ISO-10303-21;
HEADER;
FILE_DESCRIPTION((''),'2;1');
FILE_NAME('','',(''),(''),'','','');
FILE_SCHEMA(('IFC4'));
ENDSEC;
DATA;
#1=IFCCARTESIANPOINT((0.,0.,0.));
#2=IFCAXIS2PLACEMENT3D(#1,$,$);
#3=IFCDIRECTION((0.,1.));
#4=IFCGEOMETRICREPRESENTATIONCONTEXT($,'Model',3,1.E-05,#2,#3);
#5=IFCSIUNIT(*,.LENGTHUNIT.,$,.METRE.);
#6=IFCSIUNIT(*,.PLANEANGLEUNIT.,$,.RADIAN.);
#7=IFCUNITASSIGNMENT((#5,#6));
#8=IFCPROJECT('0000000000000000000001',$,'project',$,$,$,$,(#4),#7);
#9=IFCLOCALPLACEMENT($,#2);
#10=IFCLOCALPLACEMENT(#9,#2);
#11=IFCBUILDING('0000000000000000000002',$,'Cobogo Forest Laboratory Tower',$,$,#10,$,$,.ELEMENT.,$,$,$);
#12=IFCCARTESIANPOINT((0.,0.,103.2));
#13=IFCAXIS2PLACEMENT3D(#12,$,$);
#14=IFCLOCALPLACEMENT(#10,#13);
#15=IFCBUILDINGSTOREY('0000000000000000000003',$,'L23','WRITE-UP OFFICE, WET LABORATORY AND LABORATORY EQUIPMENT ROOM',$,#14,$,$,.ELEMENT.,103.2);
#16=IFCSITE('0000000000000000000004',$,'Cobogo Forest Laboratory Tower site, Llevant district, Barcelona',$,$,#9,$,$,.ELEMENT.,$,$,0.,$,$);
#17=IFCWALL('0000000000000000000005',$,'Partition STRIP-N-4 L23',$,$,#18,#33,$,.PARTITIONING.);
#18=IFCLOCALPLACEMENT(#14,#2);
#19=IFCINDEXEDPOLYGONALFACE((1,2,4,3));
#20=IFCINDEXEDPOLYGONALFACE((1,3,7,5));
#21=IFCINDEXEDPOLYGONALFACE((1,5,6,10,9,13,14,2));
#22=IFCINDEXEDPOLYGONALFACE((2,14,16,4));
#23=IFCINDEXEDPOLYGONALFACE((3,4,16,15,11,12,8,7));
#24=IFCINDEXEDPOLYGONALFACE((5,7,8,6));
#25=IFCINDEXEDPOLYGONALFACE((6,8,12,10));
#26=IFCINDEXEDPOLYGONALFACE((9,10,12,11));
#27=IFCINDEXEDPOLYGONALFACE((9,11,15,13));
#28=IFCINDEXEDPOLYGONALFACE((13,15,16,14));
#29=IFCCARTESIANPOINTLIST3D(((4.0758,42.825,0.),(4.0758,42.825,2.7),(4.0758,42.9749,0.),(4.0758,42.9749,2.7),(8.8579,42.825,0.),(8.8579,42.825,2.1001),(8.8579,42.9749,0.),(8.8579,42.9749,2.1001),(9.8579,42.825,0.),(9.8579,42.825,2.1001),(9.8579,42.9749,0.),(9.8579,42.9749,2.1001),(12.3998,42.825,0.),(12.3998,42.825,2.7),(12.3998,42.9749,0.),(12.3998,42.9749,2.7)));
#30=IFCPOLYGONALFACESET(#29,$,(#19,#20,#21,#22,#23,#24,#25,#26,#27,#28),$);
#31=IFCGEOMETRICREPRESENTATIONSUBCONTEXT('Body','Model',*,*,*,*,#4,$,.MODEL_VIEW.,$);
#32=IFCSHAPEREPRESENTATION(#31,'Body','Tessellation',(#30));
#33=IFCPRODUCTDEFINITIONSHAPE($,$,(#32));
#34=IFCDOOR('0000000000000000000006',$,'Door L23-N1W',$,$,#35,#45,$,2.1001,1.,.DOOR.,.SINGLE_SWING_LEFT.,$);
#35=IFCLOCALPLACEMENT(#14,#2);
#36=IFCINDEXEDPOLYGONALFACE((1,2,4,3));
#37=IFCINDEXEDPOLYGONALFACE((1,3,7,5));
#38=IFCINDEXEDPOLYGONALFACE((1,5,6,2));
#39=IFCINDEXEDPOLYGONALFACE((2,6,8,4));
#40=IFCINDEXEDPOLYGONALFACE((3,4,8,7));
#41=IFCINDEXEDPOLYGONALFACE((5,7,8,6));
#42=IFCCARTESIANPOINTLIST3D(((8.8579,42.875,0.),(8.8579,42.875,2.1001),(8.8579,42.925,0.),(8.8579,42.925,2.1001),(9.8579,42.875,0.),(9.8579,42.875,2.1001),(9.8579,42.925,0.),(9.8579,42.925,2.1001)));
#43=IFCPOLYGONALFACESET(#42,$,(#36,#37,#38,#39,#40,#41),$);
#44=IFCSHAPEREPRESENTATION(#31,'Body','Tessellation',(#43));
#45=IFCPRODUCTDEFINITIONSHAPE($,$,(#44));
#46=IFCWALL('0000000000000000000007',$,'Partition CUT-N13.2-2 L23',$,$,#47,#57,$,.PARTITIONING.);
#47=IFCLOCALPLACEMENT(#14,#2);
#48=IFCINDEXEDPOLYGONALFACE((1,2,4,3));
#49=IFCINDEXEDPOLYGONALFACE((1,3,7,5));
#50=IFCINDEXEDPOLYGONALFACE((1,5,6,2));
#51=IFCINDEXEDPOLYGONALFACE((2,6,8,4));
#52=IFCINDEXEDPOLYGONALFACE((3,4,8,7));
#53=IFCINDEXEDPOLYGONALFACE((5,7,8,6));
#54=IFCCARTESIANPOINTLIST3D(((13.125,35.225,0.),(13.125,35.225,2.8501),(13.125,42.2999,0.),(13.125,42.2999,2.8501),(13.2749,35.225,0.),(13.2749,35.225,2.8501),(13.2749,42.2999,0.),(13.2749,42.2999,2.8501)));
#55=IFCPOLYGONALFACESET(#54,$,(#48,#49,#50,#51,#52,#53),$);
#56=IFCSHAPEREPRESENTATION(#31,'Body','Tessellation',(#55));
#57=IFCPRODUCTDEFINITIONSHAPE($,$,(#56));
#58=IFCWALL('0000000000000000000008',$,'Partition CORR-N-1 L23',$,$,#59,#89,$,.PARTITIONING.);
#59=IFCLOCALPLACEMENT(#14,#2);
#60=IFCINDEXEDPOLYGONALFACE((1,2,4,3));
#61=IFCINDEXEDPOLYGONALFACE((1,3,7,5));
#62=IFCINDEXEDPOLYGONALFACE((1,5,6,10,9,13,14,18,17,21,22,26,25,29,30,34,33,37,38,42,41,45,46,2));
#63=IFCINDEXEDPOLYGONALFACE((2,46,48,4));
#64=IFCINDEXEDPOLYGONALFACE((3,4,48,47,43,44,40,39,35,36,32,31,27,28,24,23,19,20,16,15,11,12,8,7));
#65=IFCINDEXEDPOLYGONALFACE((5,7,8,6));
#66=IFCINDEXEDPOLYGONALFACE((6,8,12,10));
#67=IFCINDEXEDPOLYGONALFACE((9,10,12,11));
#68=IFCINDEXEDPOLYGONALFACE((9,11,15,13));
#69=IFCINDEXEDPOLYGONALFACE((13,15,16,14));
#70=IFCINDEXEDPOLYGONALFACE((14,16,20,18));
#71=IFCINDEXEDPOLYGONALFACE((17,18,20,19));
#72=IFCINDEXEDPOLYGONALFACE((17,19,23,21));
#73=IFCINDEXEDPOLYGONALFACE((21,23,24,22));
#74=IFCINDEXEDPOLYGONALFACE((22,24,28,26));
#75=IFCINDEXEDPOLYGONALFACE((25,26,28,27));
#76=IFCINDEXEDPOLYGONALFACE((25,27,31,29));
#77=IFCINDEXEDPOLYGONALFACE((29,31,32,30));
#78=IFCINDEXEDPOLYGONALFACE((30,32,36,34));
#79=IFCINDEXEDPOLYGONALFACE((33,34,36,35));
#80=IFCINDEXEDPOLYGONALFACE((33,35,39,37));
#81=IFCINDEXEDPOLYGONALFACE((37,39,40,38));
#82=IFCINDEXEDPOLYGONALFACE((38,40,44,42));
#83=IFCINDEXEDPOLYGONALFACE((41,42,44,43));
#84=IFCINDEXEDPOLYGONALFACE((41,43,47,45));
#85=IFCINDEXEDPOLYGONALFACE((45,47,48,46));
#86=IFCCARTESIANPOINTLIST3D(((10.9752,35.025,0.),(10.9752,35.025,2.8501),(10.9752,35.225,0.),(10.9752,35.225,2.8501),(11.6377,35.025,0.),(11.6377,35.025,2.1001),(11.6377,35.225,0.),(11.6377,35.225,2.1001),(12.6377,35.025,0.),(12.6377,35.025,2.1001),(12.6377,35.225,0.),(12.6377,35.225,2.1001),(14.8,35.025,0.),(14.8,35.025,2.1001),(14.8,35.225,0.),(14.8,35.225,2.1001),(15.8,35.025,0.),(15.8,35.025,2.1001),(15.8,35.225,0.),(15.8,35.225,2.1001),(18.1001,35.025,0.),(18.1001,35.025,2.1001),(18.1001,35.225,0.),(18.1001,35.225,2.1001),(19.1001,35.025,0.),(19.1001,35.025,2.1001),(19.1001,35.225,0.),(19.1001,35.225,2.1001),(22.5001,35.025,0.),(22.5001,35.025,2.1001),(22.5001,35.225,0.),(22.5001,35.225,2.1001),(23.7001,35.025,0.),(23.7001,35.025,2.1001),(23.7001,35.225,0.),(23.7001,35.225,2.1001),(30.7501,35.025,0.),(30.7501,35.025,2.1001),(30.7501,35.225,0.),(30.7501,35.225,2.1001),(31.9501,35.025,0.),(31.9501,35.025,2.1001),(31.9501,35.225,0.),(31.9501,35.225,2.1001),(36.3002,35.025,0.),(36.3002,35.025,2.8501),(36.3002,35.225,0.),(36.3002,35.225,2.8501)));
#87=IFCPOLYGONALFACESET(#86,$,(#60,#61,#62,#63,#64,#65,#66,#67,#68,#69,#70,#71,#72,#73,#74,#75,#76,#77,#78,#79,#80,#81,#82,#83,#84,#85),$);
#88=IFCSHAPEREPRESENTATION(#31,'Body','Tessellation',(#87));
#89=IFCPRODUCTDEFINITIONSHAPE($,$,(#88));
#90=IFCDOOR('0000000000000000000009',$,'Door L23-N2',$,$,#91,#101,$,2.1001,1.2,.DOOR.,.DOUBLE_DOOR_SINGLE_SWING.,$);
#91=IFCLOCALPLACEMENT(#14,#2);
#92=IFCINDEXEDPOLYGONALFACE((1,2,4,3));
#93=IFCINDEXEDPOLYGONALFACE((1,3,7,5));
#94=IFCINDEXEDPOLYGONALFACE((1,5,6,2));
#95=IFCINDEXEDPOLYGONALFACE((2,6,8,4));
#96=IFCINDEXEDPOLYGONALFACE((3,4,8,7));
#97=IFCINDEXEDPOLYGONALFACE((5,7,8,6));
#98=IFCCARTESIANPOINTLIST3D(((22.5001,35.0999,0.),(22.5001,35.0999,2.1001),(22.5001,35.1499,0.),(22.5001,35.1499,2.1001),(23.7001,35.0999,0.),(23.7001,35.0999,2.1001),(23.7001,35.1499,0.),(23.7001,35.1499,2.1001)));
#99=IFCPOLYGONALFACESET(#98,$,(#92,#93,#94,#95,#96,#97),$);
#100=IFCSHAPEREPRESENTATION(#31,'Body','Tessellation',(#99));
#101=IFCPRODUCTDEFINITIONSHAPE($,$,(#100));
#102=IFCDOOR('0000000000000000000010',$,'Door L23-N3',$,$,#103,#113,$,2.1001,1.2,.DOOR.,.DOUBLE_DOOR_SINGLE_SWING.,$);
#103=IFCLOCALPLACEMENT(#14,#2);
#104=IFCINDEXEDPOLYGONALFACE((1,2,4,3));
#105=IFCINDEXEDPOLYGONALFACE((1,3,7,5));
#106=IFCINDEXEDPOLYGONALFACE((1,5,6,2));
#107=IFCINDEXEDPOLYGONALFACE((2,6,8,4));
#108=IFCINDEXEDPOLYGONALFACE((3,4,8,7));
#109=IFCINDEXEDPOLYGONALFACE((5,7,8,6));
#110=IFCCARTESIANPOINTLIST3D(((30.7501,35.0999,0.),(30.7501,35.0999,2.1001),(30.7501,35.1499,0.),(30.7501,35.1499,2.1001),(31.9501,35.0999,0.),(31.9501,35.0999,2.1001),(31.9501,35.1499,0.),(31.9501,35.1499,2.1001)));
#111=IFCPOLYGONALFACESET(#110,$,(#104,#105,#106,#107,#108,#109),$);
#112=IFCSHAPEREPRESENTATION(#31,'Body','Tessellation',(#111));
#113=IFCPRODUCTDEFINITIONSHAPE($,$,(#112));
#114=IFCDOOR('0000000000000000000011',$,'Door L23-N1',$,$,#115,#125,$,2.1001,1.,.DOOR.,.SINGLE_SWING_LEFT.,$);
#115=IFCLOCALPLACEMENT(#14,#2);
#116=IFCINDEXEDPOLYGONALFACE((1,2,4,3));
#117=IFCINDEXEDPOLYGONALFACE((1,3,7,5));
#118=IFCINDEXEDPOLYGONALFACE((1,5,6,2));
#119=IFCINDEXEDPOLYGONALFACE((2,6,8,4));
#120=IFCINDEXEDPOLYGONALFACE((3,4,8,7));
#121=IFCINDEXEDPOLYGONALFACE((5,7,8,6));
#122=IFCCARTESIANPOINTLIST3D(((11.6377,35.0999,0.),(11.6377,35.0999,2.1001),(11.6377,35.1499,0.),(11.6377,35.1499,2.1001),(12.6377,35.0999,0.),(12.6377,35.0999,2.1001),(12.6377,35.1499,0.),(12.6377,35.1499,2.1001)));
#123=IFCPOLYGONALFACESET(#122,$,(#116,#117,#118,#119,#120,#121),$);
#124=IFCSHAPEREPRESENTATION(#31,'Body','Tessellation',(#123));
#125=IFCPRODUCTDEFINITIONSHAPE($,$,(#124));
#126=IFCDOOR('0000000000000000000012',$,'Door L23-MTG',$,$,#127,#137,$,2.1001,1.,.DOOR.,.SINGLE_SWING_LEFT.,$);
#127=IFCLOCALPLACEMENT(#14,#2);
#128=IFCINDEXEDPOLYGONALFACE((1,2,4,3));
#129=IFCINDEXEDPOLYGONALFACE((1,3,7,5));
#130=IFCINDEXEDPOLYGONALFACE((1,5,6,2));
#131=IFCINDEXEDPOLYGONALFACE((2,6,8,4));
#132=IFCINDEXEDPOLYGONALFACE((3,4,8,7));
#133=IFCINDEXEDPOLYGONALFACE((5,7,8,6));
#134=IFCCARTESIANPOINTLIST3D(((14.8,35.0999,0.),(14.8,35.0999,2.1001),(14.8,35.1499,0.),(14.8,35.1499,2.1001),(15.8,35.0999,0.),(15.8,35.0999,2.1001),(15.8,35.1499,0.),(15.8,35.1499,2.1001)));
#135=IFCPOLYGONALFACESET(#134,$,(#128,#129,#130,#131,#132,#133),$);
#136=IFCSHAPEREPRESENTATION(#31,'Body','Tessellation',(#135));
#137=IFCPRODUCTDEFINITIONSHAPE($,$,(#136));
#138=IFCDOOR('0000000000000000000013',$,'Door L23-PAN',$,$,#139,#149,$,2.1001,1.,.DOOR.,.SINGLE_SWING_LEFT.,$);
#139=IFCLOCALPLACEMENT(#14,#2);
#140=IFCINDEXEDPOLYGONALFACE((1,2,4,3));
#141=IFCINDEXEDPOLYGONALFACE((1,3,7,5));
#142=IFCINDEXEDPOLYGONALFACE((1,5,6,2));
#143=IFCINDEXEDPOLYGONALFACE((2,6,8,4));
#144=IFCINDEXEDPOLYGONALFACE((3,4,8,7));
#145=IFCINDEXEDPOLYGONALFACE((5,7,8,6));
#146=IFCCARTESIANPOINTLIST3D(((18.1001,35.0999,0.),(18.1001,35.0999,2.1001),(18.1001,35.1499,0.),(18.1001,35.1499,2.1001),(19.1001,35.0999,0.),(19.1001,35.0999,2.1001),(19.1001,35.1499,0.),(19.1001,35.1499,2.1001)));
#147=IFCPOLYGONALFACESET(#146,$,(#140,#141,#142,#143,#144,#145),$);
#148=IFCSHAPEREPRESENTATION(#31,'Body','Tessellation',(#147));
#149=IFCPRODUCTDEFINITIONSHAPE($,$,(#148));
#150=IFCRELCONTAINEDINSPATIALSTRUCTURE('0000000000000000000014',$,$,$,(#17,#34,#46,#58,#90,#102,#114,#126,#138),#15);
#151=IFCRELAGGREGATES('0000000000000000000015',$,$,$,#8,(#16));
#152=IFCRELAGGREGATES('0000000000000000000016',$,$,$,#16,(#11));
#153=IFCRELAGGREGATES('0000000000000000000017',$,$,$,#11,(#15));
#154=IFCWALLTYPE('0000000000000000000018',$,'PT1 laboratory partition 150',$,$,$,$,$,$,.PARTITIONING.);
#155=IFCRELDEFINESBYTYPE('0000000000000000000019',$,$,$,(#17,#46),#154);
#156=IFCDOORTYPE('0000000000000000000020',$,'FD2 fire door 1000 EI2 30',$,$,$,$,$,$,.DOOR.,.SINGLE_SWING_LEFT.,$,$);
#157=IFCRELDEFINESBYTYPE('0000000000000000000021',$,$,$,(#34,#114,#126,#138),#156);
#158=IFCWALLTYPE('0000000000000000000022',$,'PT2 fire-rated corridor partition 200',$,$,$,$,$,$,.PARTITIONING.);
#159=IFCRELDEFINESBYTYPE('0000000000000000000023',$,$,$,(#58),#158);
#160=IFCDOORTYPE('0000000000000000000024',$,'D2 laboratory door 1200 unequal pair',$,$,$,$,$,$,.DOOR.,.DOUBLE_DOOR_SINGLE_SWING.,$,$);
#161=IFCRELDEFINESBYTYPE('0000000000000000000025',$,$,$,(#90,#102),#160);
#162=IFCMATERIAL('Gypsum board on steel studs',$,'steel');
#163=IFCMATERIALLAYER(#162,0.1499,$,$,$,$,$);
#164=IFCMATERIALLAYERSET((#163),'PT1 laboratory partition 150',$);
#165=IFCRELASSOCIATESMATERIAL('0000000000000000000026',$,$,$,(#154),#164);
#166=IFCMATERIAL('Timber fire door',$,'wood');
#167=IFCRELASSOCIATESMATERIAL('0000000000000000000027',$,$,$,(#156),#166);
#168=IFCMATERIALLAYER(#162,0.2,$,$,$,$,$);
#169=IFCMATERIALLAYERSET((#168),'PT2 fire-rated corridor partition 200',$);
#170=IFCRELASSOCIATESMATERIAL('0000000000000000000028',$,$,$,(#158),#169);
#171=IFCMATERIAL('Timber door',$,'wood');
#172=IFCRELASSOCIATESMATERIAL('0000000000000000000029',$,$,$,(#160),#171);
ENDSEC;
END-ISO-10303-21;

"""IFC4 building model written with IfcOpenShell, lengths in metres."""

from ifc_helpers import new_model, si_unit, direction, frame, frame_2d, origin, place, context, subcontext, project, spatial, rectangle, extrude, material, layer, layer_set, type_object, element, fill, save


model = new_model("IFC4")

# Units and contexts
model_context = context("Model", 3, precision=1e-05, world=origin(), true_north=direction((0.0, 1.0)))
body_context = subcontext(model_context, "Body", "Model", "MODEL_VIEW")
ifc_project = project(units=[si_unit("LENGTHUNIT", "METRE"), si_unit("PLANEANGLEUNIT", "RADIAN")], contexts=[model_context])

# Site, building, storey
site_placement = place(None, origin())
site = spatial("IfcSite", under=ifc_project, at=site_placement, Name="Cobogo Forest Laboratory Tower site, Llevant district, Barcelona", CompositionType="ELEMENT", RefElevation=0.0)
building_placement = place(site_placement, origin())
building = spatial("IfcBuilding", under=site, at=building_placement, Name="Cobogo Forest Laboratory Tower", CompositionType="ELEMENT")
storey_placement = place(building_placement, frame((0.0, 0.0, 103.2)))
storey = spatial("IfcBuildingStorey", under=building, at=storey_placement, Name="L23", Description="WRITE-UP OFFICE, WET LABORATORY AND LABORATORY EQUIPMENT ROOM", CompositionType="ELEMENT", Elevation=103.2)

# Wall, opening, door
ifc_material_1 = material(Name="Gypsum board on steel studs", Category="steel")
ifc_layer_1 = layer(ifc_material_1, 0.1499)
ifc_layer_set_1 = layer_set([ifc_layer_1], Name="PT1 laboratory partition 150")
wall_type_1 = type_object("IfcWallType", Name="PT1 laboratory partition 150", PredefinedType="PARTITIONING", material=ifc_layer_set_1)
wall_1_placement = place(storey_placement, frame((12.3999, 42.8999, 0.0), z_axis=(0.0, 0.0, 1.0), x_axis=(-1.0, 0.0, 0.0)))
wall_1 = element("IfcWall", 1, at=wall_1_placement, inside=storey, type_object=wall_type_1, Name="Partition STRIP-N-4 L23", PredefinedType="PARTITIONING", context=body_context, shape_type="SweptSolid", body=[
    extrude(rectangle(XDim=8.324, YDim=0.1499, at=frame_2d((4.1621, 0.0))), origin(), (0.0, 0.0, 1.0), 2.7),
])
opening_1_placement = place(wall_1_placement, frame((2.542, 0.0, 0.0)))
opening_1 = element("IfcOpeningElement", 2, at=opening_1_placement, cuts=wall_1, PredefinedType="OPENING", context=body_context, shape_type="SweptSolid", body=[
    extrude(rectangle(XDim=1.0, YDim=2.1001, at=frame_2d((0.5, 1.05))), frame((0.0, 0.085, 0.0), z_axis=(0.0, -1.0, 0.0), x_axis=(1.0, 0.0, 0.0)), (0.0, 0.0, 1.0), 0.1699),
])
ifc_material_2 = material(Name="Timber fire door", Category="wood")
door_type_1 = type_object("IfcDoorType", Name="FD2 fire door 1000 EI2 30", OperationType="SINGLE_SWING_LEFT", PredefinedType="DOOR", material=ifc_material_2)
door_1_placement = place(opening_1_placement, origin())
door_1 = element("IfcDoor", 3, at=door_1_placement, inside=storey, type_object=door_type_1, Name="Door L23-N1W", OperationType="SINGLE_SWING_LEFT", OverallHeight=2.1001, OverallWidth=1.0, PredefinedType="DOOR", context=body_context, shape_type="SweptSolid", body=[
    extrude(rectangle(XDim=1.0, YDim=2.1001, at=frame_2d((0.5, 1.05))), frame((0.0, 0.0249, 0.0), z_axis=(0.0, -1.0, 0.0), x_axis=(1.0, 0.0, 0.0)), (0.0, 0.0, 1.0), 0.05),
])
fill(opening_1, door_1)

# Wall
wall_2_placement = place(storey_placement, frame((13.2, 42.3, 0.0), z_axis=(0.0, 0.0, 1.0), x_axis=(0.0, -1.0, 0.0)))
element("IfcWall", 4, at=wall_2_placement, inside=storey, type_object=wall_type_1, Name="Partition CUT-N13.2-2 L23", PredefinedType="PARTITIONING", context=body_context, shape_type="SweptSolid", body=[
    extrude(rectangle(XDim=7.075, YDim=0.1499, at=frame_2d((3.5376, 0.0))), origin(), (0.0, 0.0, 1.0), 2.8501),
])

# Wall, openings, doors
ifc_layer_2 = layer(ifc_material_1, 0.2)
ifc_layer_set_2 = layer_set([ifc_layer_2], Name="PT2 fire-rated corridor partition 200")
wall_type_2 = type_object("IfcWallType", Name="PT2 fire-rated corridor partition 200", PredefinedType="PARTITIONING", material=ifc_layer_set_2)
wall_3_placement = place(storey_placement, frame((10.9751, 35.125, 0.0), z_axis=(0.0, 0.0, 1.0), x_axis=(1.0, 0.0, 0.0)))
wall_3 = element("IfcWall", 5, at=wall_3_placement, inside=storey, type_object=wall_type_2, Name="Partition CORR-N-1 L23", PredefinedType="PARTITIONING", context=body_context, shape_type="SweptSolid", body=[
    extrude(rectangle(XDim=25.325, YDim=0.2, at=frame_2d((12.6626, 0.0))), origin(), (0.0, 0.0, 1.0), 2.8501),
])
opening_2_placement = place(wall_3_placement, frame((0.6626, 0.0, 0.0)))
opening_2 = element("IfcOpeningElement", 6, at=opening_2_placement, cuts=wall_3, PredefinedType="OPENING", context=body_context, shape_type="SweptSolid", body=[
    extrude(rectangle(XDim=1.0, YDim=2.1001, at=frame_2d((0.5, 1.05))), frame((0.0, 0.1099, 0.0), z_axis=(0.0, -1.0, 0.0), x_axis=(1.0, 0.0, 0.0)), (0.0, 0.0, 1.0), 0.22),
])
opening_3_placement = place(wall_3_placement, frame((3.825, 0.0, 0.0)))
opening_3 = element("IfcOpeningElement", 7, at=opening_3_placement, cuts=wall_3, PredefinedType="OPENING", context=body_context, shape_type="SweptSolid", body=[
    extrude(rectangle(XDim=1.0, YDim=2.1001, at=frame_2d((0.5, 1.05))), frame((0.0, 0.1099, 0.0), z_axis=(0.0, -1.0, 0.0), x_axis=(1.0, 0.0, 0.0)), (0.0, 0.0, 1.0), 0.22),
])
opening_4_placement = place(wall_3_placement, frame((7.125, 0.0, 0.0)))
opening_4 = element("IfcOpeningElement", 8, at=opening_4_placement, cuts=wall_3, PredefinedType="OPENING", context=body_context, shape_type="SweptSolid", body=[
    extrude(rectangle(XDim=1.0, YDim=2.1001, at=frame_2d((0.5, 1.05))), frame((0.0, 0.1099, 0.0), z_axis=(0.0, -1.0, 0.0), x_axis=(1.0, 0.0, 0.0)), (0.0, 0.0, 1.0), 0.22),
])
opening_5_placement = place(wall_3_placement, frame((11.5249, 0.0, 0.0)))
opening_5 = element("IfcOpeningElement", 9, at=opening_5_placement, cuts=wall_3, PredefinedType="OPENING", context=body_context, shape_type="SweptSolid", body=[
    extrude(rectangle(XDim=1.2, YDim=2.1001, at=frame_2d((0.6001, 1.05))), frame((0.0, 0.1099, 0.0), z_axis=(0.0, -1.0, 0.0), x_axis=(1.0, 0.0, 0.0)), (0.0, 0.0, 1.0), 0.22),
])
opening_6_placement = place(wall_3_placement, frame((19.7749, 0.0, 0.0)))
opening_6 = element("IfcOpeningElement", 10, at=opening_6_placement, cuts=wall_3, PredefinedType="OPENING", context=body_context, shape_type="SweptSolid", body=[
    extrude(rectangle(XDim=1.2, YDim=2.1001, at=frame_2d((0.6001, 1.05))), frame((0.0, 0.1099, 0.0), z_axis=(0.0, -1.0, 0.0), x_axis=(1.0, 0.0, 0.0)), (0.0, 0.0, 1.0), 0.22),
])
ifc_material_3 = material(Name="Timber door", Category="wood")
door_type_2 = type_object("IfcDoorType", Name="D2 laboratory door 1200 unequal pair", OperationType="DOUBLE_DOOR_SINGLE_SWING", PredefinedType="DOOR", material=ifc_material_3)
door_2_placement = place(opening_5_placement, origin())
door_2 = element("IfcDoor", 11, at=door_2_placement, inside=storey, type_object=door_type_2, Name="Door L23-N2", OperationType="DOUBLE_DOOR_SINGLE_SWING", OverallHeight=2.1001, OverallWidth=1.2, PredefinedType="DOOR", context=body_context, shape_type="SweptSolid", body=[
    extrude(rectangle(XDim=1.2, YDim=2.1001, at=frame_2d((0.6001, 1.05))), frame((0.0, 0.0249, 0.0), z_axis=(0.0, -1.0, 0.0), x_axis=(1.0, 0.0, 0.0)), (0.0, 0.0, 1.0), 0.05),
])
fill(opening_5, door_2)
door_3_placement = place(opening_6_placement, origin())
door_3 = element("IfcDoor", 12, at=door_3_placement, inside=storey, type_object=door_type_2, Name="Door L23-N3", OperationType="DOUBLE_DOOR_SINGLE_SWING", OverallHeight=2.1001, OverallWidth=1.2, PredefinedType="DOOR", context=body_context, shape_type="SweptSolid", body=[
    extrude(rectangle(XDim=1.2, YDim=2.1001, at=frame_2d((0.6001, 1.05))), frame((0.0, 0.0249, 0.0), z_axis=(0.0, -1.0, 0.0), x_axis=(1.0, 0.0, 0.0)), (0.0, 0.0, 1.0), 0.05),
])
fill(opening_6, door_3)
door_4_placement = place(opening_2_placement, origin())
door_4 = element("IfcDoor", 13, at=door_4_placement, inside=storey, type_object=door_type_1, Name="Door L23-N1", OperationType="SINGLE_SWING_LEFT", OverallHeight=2.1001, OverallWidth=1.0, PredefinedType="DOOR", context=body_context, shape_type="SweptSolid", body=[
    extrude(rectangle(XDim=1.0, YDim=2.1001, at=frame_2d((0.5, 1.05))), frame((0.0, 0.0249, 0.0), z_axis=(0.0, -1.0, 0.0), x_axis=(1.0, 0.0, 0.0)), (0.0, 0.0, 1.0), 0.05),
])
fill(opening_2, door_4)
door_5_placement = place(opening_3_placement, origin())
door_5 = element("IfcDoor", 14, at=door_5_placement, inside=storey, type_object=door_type_1, Name="Door L23-MTG", OperationType="SINGLE_SWING_LEFT", OverallHeight=2.1001, OverallWidth=1.0, PredefinedType="DOOR", context=body_context, shape_type="SweptSolid", body=[
    extrude(rectangle(XDim=1.0, YDim=2.1001, at=frame_2d((0.5, 1.05))), frame((0.0, 0.0249, 0.0), z_axis=(0.0, -1.0, 0.0), x_axis=(1.0, 0.0, 0.0)), (0.0, 0.0, 1.0), 0.05),
])
fill(opening_3, door_5)
door_6_placement = place(opening_4_placement, origin())
door_6 = element("IfcDoor", 15, at=door_6_placement, inside=storey, type_object=door_type_1, Name="Door L23-PAN", OperationType="SINGLE_SWING_LEFT", OverallHeight=2.1001, OverallWidth=1.0, PredefinedType="DOOR", context=body_context, shape_type="SweptSolid", body=[
    extrude(rectangle(XDim=1.0, YDim=2.1001, at=frame_2d((0.5, 1.05))), frame((0.0, 0.0249, 0.0), z_axis=(0.0, -1.0, 0.0), x_axis=(1.0, 0.0, 0.0)), (0.0, 0.0, 1.0), 0.05),
])
fill(opening_4, door_6)

save(model, "model.ifc")
